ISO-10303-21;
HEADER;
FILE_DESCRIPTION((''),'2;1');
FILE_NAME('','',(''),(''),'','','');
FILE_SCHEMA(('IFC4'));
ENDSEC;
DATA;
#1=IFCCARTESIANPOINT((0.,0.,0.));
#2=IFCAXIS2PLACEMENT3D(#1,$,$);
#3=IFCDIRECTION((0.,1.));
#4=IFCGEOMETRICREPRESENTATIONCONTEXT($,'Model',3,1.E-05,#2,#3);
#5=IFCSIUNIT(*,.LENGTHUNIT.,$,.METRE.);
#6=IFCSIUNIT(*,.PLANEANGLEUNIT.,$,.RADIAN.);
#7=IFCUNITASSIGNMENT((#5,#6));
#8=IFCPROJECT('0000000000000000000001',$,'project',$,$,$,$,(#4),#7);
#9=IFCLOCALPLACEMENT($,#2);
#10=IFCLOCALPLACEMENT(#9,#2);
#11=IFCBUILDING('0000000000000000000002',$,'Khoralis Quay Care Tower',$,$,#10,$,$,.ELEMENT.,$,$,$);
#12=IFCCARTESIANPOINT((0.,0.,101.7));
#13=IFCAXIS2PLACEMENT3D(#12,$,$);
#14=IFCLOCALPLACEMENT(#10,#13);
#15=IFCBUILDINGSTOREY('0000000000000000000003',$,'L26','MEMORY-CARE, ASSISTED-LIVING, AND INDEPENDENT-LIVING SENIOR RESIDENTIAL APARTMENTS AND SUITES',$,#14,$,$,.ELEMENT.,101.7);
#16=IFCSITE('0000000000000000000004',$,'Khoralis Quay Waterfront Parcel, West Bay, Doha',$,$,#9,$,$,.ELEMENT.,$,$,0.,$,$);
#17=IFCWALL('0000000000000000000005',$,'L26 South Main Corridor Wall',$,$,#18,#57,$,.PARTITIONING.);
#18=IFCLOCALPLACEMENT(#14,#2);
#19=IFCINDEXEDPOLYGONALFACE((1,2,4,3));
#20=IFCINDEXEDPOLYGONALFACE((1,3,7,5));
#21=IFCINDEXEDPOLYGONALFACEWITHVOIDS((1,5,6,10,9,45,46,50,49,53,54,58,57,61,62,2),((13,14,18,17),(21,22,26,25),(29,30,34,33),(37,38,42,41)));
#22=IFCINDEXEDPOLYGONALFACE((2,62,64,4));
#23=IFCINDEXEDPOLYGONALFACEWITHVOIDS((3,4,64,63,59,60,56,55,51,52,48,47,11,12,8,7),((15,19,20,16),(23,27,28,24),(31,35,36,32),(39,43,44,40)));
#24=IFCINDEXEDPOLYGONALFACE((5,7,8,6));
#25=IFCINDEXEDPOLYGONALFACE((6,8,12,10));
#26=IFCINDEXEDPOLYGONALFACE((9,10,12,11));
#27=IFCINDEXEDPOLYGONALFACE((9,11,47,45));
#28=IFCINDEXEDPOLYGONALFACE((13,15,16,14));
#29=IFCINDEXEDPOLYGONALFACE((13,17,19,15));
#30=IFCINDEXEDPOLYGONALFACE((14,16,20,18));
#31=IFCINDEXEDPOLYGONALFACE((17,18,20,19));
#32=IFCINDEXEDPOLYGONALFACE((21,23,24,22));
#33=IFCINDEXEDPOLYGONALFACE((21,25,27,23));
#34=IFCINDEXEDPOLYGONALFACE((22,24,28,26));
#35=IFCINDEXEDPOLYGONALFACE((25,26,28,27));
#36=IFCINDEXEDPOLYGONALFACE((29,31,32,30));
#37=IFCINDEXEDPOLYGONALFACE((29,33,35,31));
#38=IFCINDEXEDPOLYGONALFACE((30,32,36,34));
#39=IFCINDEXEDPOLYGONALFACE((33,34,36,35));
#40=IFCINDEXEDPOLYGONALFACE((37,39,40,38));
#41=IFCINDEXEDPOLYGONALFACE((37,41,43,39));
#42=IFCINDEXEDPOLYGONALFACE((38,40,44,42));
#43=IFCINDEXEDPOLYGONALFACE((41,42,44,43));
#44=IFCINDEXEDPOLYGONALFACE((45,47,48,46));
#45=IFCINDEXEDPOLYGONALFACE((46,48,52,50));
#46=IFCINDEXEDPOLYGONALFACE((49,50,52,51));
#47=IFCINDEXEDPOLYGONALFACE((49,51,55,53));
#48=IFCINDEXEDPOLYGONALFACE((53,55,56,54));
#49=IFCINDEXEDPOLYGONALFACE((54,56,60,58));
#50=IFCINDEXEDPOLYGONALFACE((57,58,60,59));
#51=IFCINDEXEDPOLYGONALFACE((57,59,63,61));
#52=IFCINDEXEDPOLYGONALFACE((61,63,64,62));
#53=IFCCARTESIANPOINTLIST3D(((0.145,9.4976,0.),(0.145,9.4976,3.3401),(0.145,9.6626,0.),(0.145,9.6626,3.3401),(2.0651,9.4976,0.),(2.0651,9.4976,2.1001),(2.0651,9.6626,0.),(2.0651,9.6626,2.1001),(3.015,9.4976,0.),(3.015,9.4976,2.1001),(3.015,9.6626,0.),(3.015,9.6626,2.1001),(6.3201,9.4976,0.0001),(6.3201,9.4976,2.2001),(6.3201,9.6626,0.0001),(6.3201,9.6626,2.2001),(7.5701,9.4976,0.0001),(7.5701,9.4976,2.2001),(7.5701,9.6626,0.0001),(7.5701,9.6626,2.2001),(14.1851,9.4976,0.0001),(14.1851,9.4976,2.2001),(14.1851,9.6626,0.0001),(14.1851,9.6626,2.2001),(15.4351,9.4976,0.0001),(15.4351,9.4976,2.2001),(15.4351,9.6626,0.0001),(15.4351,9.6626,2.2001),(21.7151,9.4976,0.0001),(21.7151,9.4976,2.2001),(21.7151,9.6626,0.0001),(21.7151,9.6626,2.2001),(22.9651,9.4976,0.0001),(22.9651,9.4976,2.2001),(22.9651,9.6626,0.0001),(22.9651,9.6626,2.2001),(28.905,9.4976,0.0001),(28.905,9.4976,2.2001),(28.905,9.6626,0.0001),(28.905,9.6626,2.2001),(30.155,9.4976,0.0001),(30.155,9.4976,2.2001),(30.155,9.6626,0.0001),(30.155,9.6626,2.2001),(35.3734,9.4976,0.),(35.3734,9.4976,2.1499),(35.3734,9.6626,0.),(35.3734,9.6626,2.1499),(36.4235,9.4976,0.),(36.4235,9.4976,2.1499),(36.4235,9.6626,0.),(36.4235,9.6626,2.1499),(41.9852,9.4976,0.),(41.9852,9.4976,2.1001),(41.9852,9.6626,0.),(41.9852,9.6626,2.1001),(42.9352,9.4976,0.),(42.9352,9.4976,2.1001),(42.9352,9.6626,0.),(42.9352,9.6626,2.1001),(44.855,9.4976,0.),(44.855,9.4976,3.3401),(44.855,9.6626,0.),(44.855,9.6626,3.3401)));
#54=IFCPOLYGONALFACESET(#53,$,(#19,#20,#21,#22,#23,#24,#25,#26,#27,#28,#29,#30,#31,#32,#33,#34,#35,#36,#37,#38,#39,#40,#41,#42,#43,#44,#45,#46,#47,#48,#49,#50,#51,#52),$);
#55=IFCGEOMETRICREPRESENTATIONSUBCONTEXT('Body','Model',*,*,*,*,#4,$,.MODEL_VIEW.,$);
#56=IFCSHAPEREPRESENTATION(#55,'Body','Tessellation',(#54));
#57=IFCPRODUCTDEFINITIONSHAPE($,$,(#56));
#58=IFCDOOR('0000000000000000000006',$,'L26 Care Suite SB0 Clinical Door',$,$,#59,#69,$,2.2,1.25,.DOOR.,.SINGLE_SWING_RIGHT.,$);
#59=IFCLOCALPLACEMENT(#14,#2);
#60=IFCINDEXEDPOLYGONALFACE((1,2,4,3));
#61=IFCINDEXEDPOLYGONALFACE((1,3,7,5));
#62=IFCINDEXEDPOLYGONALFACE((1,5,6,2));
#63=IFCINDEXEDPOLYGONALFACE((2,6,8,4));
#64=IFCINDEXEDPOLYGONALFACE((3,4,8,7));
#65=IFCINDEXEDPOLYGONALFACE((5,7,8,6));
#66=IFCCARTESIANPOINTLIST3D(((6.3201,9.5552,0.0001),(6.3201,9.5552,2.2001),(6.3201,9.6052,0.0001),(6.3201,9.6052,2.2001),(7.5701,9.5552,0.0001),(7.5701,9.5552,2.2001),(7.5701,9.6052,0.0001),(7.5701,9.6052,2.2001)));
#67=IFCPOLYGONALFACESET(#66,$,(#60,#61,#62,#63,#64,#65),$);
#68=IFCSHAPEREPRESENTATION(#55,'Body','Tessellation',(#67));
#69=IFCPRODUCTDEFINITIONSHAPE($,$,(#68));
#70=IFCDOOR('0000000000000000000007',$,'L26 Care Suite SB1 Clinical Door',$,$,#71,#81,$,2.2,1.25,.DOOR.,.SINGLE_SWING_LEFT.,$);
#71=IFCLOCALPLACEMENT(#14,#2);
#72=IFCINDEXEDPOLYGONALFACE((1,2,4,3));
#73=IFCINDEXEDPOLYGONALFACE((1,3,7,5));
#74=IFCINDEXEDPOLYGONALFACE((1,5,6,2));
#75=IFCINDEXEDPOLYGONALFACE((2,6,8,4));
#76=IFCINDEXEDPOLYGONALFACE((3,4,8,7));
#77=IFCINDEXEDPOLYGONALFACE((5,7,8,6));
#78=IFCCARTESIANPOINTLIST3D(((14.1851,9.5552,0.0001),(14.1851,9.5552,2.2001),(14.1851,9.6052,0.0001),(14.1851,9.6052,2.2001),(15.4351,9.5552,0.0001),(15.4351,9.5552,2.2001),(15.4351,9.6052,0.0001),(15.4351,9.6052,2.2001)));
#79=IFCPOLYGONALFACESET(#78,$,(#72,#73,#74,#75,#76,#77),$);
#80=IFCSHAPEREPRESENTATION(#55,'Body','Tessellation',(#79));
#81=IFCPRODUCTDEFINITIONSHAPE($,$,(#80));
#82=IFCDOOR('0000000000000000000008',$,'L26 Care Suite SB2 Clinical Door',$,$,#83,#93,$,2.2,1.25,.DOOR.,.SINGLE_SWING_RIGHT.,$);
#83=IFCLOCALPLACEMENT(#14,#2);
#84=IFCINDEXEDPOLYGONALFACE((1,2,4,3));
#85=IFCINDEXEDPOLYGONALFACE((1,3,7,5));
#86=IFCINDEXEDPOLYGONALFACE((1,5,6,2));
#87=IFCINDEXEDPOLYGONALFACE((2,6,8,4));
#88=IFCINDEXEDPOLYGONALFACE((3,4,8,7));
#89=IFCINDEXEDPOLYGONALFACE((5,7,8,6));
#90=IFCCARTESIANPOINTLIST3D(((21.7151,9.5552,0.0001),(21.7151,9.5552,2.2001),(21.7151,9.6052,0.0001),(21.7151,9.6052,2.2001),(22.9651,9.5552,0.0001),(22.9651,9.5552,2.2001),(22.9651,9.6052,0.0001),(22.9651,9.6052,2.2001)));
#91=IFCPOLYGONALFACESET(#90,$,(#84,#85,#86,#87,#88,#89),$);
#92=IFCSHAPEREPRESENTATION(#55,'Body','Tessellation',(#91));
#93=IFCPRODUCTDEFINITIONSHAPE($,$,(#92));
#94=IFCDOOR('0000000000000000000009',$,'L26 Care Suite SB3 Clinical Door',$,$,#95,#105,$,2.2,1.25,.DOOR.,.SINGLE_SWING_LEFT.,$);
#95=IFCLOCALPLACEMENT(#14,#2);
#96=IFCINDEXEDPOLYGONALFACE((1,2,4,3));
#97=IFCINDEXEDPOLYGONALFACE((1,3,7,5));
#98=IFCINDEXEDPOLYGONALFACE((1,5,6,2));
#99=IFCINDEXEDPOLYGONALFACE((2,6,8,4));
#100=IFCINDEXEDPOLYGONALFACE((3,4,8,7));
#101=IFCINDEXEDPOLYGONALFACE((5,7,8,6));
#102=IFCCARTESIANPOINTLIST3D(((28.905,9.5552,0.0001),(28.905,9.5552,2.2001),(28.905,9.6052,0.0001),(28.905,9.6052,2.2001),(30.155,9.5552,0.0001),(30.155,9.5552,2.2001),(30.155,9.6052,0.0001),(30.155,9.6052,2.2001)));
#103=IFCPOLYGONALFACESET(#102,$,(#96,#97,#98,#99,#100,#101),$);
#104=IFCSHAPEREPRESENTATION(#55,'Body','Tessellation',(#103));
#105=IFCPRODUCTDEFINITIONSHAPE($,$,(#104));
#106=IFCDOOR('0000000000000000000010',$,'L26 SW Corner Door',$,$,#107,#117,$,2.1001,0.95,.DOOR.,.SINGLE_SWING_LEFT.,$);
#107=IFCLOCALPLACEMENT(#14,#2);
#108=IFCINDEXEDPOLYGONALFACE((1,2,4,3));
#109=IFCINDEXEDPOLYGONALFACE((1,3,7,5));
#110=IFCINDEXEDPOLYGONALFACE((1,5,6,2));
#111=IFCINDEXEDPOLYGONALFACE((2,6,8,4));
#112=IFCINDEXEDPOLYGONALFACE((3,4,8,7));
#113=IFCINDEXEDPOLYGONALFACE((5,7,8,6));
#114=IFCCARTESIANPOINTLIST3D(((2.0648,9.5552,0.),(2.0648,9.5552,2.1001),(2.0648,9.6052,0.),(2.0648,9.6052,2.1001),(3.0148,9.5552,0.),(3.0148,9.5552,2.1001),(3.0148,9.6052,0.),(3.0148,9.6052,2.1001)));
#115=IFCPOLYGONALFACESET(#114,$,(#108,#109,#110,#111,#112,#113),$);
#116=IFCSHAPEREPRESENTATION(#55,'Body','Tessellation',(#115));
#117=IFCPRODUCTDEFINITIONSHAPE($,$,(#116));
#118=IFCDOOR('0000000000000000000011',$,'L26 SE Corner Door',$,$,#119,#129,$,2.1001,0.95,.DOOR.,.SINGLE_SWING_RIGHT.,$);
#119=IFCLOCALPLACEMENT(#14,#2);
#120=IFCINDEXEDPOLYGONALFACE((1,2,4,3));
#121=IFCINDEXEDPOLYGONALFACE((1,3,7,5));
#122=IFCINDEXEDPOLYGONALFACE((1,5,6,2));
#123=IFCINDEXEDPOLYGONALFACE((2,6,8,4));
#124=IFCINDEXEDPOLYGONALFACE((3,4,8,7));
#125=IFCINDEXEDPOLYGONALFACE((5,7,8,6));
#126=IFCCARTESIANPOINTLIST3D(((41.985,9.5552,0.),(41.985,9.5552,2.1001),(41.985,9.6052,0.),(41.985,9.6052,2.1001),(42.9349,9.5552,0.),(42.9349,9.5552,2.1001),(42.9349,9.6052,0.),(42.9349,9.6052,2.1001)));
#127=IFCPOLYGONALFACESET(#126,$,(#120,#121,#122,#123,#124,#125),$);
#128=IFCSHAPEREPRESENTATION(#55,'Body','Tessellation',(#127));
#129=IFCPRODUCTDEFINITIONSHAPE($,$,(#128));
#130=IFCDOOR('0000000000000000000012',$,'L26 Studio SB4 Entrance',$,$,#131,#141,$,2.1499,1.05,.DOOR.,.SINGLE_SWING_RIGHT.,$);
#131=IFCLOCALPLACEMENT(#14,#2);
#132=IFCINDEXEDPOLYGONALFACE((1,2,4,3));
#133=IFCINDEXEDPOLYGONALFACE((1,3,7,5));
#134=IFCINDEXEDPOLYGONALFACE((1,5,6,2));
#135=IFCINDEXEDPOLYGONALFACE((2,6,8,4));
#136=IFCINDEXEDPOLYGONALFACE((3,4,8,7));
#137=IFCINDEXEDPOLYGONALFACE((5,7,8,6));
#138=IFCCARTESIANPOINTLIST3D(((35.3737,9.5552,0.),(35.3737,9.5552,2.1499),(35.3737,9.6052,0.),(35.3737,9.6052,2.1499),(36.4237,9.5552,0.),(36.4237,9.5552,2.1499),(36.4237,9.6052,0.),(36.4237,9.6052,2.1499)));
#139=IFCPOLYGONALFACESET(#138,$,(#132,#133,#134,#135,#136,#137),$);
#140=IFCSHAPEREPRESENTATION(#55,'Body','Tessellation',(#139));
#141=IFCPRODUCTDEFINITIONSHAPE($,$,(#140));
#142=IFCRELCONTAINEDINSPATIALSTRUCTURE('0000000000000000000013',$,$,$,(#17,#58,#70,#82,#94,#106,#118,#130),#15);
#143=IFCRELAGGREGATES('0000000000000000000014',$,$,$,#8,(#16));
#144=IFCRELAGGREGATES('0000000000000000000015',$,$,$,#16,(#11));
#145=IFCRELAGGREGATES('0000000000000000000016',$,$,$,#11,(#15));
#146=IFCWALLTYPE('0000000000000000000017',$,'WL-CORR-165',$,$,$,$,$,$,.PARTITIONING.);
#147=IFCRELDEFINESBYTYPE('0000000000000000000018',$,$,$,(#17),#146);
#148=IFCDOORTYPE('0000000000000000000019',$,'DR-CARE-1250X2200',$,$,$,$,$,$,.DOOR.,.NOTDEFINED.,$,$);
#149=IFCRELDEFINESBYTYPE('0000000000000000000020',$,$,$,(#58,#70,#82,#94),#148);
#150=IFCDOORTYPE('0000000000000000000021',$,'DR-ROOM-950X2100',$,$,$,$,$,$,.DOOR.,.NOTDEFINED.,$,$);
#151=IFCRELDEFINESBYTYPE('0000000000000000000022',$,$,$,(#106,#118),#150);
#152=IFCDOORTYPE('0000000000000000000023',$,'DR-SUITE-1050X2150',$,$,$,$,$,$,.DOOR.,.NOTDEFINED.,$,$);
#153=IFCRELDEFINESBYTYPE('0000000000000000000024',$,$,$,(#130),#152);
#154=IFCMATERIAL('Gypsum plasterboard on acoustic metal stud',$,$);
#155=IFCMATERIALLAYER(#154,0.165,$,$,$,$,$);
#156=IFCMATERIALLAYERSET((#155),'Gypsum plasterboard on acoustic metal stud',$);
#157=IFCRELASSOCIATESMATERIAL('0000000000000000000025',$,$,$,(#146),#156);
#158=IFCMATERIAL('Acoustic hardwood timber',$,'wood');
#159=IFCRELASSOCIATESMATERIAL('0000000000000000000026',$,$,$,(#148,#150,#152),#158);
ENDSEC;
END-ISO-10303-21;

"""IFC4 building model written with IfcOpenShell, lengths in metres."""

from ifc_helpers import new_model, si_unit, direction, frame, frame_2d, origin, place, context, subcontext, project, spatial, rectangle, extrude, source, transform, mapped, material, layer, layer_set, type_object, element, fill, save


model = new_model("IFC4")

# Units and contexts
model_context = context("Model", 3, precision=1e-05, world=origin(), true_north=direction((0.0, 1.0)))
body_context = subcontext(model_context, "Body", "Model", "MODEL_VIEW")
ifc_project = project(units=[si_unit("LENGTHUNIT", "METRE"), si_unit("PLANEANGLEUNIT", "RADIAN")], contexts=[model_context])

# Site, building, storey
site_placement = place(None, origin())
site = spatial("IfcSite", under=ifc_project, at=site_placement, Name="Khoralis Quay Waterfront Parcel, West Bay, Doha", CompositionType="ELEMENT", RefElevation=0.0)
building_placement = place(site_placement, origin())
building = spatial("IfcBuilding", under=site, at=building_placement, Name="Khoralis Quay Care Tower", CompositionType="ELEMENT")
storey_placement = place(building_placement, frame((0.0, 0.0, 101.7)))
storey = spatial("IfcBuildingStorey", under=building, at=storey_placement, Name="L26", Description="MEMORY-CARE, ASSISTED-LIVING, AND INDEPENDENT-LIVING SENIOR RESIDENTIAL APARTMENTS AND SUITES", CompositionType="ELEMENT", Elevation=101.7)

# Wall, openings, doors
ifc_material_1 = material(Name="Gypsum plasterboard on acoustic metal stud")
ifc_layer_1 = layer(ifc_material_1, 0.165)
ifc_layer_set_1 = layer_set([ifc_layer_1], Name="Gypsum plasterboard on acoustic metal stud")
wall_type_1 = type_object("IfcWallType", Name="WL-CORR-165", PredefinedType="PARTITIONING", material=ifc_layer_set_1)
wall_1_placement = place(storey_placement, frame((0.145, 9.5801, 0.0), z_axis=(0.0, 0.0, 1.0), x_axis=(1.0, 0.0, 0.0)))
wall_1 = element("IfcWall", 1, at=wall_1_placement, inside=storey, type_object=wall_type_1, Name="L26 South Main Corridor Wall", PredefinedType="PARTITIONING", context=body_context, shape_type="SweptSolid", body=[
    extrude(rectangle(XDim=44.71, YDim=0.165, at=frame_2d((22.355, 0.0))), origin(), (0.0, 0.0, 1.0), 3.3401),
])
opening_1_placement = place(wall_1_placement, frame((6.175, 0.0, 0.0)))
opening_1 = element("IfcOpeningElement", 2, at=opening_1_placement, cuts=wall_1, PredefinedType="OPENING", context=body_context, shape_type="SweptSolid", body=[
    extrude(rectangle(XDim=1.25, YDim=2.2, at=frame_2d((0.625, 1.1001))), frame((0.0, 0.0925, 0.0), z_axis=(0.0, -1.0, 0.0), x_axis=(1.0, 0.0, 0.0)), (0.0, 0.0, 1.0), 0.1851),
])
opening_2_placement = place(wall_1_placement, frame((14.04, 0.0, 0.0)))
opening_2 = element("IfcOpeningElement", 3, at=opening_2_placement, cuts=wall_1, PredefinedType="OPENING", context=body_context, shape_type="SweptSolid", body=[
    extrude(rectangle(XDim=1.25, YDim=2.2, at=frame_2d((0.625, 1.1001))), frame((0.0, 0.0925, 0.0), z_axis=(0.0, -1.0, 0.0), x_axis=(1.0, 0.0, 0.0)), (0.0, 0.0, 1.0), 0.1851),
])
opening_3_placement = place(wall_1_placement, frame((21.5701, 0.0, 0.0)))
opening_3 = element("IfcOpeningElement", 4, at=opening_3_placement, cuts=wall_1, PredefinedType="OPENING", context=body_context, shape_type="SweptSolid", body=[
    extrude(rectangle(XDim=1.25, YDim=2.2, at=frame_2d((0.625, 1.1001))), frame((0.0, 0.0925, 0.0), z_axis=(0.0, -1.0, 0.0), x_axis=(1.0, 0.0, 0.0)), (0.0, 0.0, 1.0), 0.1851),
])
opening_4_placement = place(wall_1_placement, frame((28.76, 0.0, 0.0)))
opening_4 = element("IfcOpeningElement", 5, at=opening_4_placement, cuts=wall_1, PredefinedType="OPENING", context=body_context, shape_type="SweptSolid", body=[
    extrude(rectangle(XDim=1.25, YDim=2.2, at=frame_2d((0.625, 1.1001))), frame((0.0, 0.0925, 0.0), z_axis=(0.0, -1.0, 0.0), x_axis=(1.0, 0.0, 0.0)), (0.0, 0.0, 1.0), 0.1851),
])
opening_5_placement = place(wall_1_placement, frame((35.2285, 0.0, 0.0)))
opening_5 = element("IfcOpeningElement", 6, at=opening_5_placement, cuts=wall_1, PredefinedType="OPENING", context=body_context, shape_type="SweptSolid", body=[
    extrude(rectangle(XDim=1.05, YDim=2.1499, at=frame_2d((0.5249, 1.075))), frame((0.0, 0.0925, 0.0), z_axis=(0.0, -1.0, 0.0), x_axis=(1.0, 0.0, 0.0)), (0.0, 0.0, 1.0), 0.1851),
])
opening_6_placement = place(wall_1_placement, frame((1.9199, 0.0, 0.0)))
opening_6 = element("IfcOpeningElement", 7, at=opening_6_placement, cuts=wall_1, PredefinedType="OPENING", context=body_context, shape_type="SweptSolid", body=[
    extrude(rectangle(XDim=0.95, YDim=2.1001, at=frame_2d((0.4751, 1.05))), frame((0.0, 0.0925, 0.0), z_axis=(0.0, -1.0, 0.0), x_axis=(1.0, 0.0, 0.0)), (0.0, 0.0, 1.0), 0.1851),
])
opening_7_placement = place(wall_1_placement, frame((41.8401, 0.0, 0.0)))
opening_7 = element("IfcOpeningElement", 8, at=opening_7_placement, cuts=wall_1, PredefinedType="OPENING", context=body_context, shape_type="SweptSolid", body=[
    extrude(rectangle(XDim=0.95, YDim=2.1001, at=frame_2d((0.4751, 1.05))), frame((0.0, 0.0925, 0.0), z_axis=(0.0, -1.0, 0.0), x_axis=(1.0, 0.0, 0.0)), (0.0, 0.0, 1.0), 0.1851),
])
ifc_material_2 = material(Name="Acoustic hardwood timber", Category="wood")
door_type_1 = type_object("IfcDoorType", Name="DR-CARE-1250X2200", OperationType="NOTDEFINED", PredefinedType="DOOR", material=ifc_material_2)
shared_shape_1 = source(origin(), body_context, "Body", "SweptSolid", [
    extrude(rectangle(XDim=1.25, YDim=2.2, at=frame_2d((0.625, 1.1001))), frame((0.0, 0.0249, 0.0), z_axis=(0.0, -1.0, 0.0), x_axis=(1.0, 0.0, 0.0)), (0.0, 0.0, 1.0), 0.05),
])
door_1_placement = place(opening_1_placement, frame((1.25, 0.0, 0.0), z_axis=(0.0, 0.0, 1.0), x_axis=(-1.0, 0.0, 0.0)))
door_1 = element("IfcDoor", 9, at=door_1_placement, inside=storey, type_object=door_type_1, Name="L26 Care Suite SB0 Clinical Door", OperationType="SINGLE_SWING_RIGHT", OverallHeight=2.2, OverallWidth=1.25, PredefinedType="DOOR", context=body_context, shape_type="MappedRepresentation", body=[
    mapped(shared_shape_1, transform((0.0, 0.0, 0.0), scale=1.0)),
])
fill(opening_1, door_1)
door_2_placement = place(opening_2_placement, frame((1.25, 0.0, 0.0), z_axis=(0.0, 0.0, 1.0), x_axis=(-1.0, 0.0, 0.0)))
door_2 = element("IfcDoor", 10, at=door_2_placement, inside=storey, type_object=door_type_1, Name="L26 Care Suite SB1 Clinical Door", OperationType="SINGLE_SWING_LEFT", OverallHeight=2.2, OverallWidth=1.25, PredefinedType="DOOR", context=body_context, shape_type="MappedRepresentation", body=[
    mapped(shared_shape_1, transform((0.0, 0.0, 0.0), scale=1.0)),
])
fill(opening_2, door_2)
door_3_placement = place(opening_3_placement, frame((1.25, 0.0, 0.0), z_axis=(0.0, 0.0, 1.0), x_axis=(-1.0, 0.0, 0.0)))
door_3 = element("IfcDoor", 11, at=door_3_placement, inside=storey, type_object=door_type_1, Name="L26 Care Suite SB2 Clinical Door", OperationType="SINGLE_SWING_RIGHT", OverallHeight=2.2, OverallWidth=1.25, PredefinedType="DOOR", context=body_context, shape_type="MappedRepresentation", body=[
    mapped(shared_shape_1, transform((0.0, 0.0, 0.0), scale=1.0)),
])
fill(opening_3, door_3)
door_4_placement = place(opening_4_placement, frame((1.25, 0.0, 0.0), z_axis=(0.0, 0.0, 1.0), x_axis=(-1.0, 0.0, 0.0)))
door_4 = element("IfcDoor", 12, at=door_4_placement, inside=storey, type_object=door_type_1, Name="L26 Care Suite SB3 Clinical Door", OperationType="SINGLE_SWING_LEFT", OverallHeight=2.2, OverallWidth=1.25, PredefinedType="DOOR", context=body_context, shape_type="MappedRepresentation", body=[
    mapped(shared_shape_1, transform((0.0, 0.0, 0.0), scale=1.0)),
])
fill(opening_4, door_4)
door_type_2 = type_object("IfcDoorType", Name="DR-ROOM-950X2100", OperationType="NOTDEFINED", PredefinedType="DOOR", material=ifc_material_2)
shared_shape_2 = source(origin(), body_context, "Body", "SweptSolid", [
    extrude(rectangle(XDim=0.95, YDim=2.1001, at=frame_2d((0.4751, 1.05))), frame((0.0, 0.0249, 0.0), z_axis=(0.0, -1.0, 0.0), x_axis=(1.0, 0.0, 0.0)), (0.0, 0.0, 1.0), 0.05),
])
door_5_placement = place(opening_6_placement, frame((0.95, 0.0, 0.0), z_axis=(0.0, 0.0, 1.0), x_axis=(-1.0, 0.0, 0.0)))
door_5 = element("IfcDoor", 13, at=door_5_placement, inside=storey, type_object=door_type_2, Name="L26 SW Corner Door", OperationType="SINGLE_SWING_LEFT", OverallHeight=2.1001, OverallWidth=0.95, PredefinedType="DOOR", context=body_context, shape_type="MappedRepresentation", body=[
    mapped(shared_shape_2, transform((0.0, 0.0, 0.0), scale=1.0)),
])
fill(opening_6, door_5)
door_6_placement = place(opening_7_placement, frame((0.95, 0.0, 0.0), z_axis=(0.0, 0.0, 1.0), x_axis=(-1.0, 0.0, 0.0)))
door_6 = element("IfcDoor", 14, at=door_6_placement, inside=storey, type_object=door_type_2, Name="L26 SE Corner Door", OperationType="SINGLE_SWING_RIGHT", OverallHeight=2.1001, OverallWidth=0.95, PredefinedType="DOOR", context=body_context, shape_type="MappedRepresentation", body=[
    mapped(shared_shape_2, transform((0.0, 0.0, 0.0), scale=1.0)),
])
fill(opening_7, door_6)
door_type_3 = type_object("IfcDoorType", Name="DR-SUITE-1050X2150", OperationType="NOTDEFINED", PredefinedType="DOOR", material=ifc_material_2)
shared_shape_3 = source(origin(), body_context, "Body", "SweptSolid", [
    extrude(rectangle(XDim=1.05, YDim=2.1499, at=frame_2d((0.5249, 1.075))), frame((0.0, 0.0249, 0.0), z_axis=(0.0, -1.0, 0.0), x_axis=(1.0, 0.0, 0.0)), (0.0, 0.0, 1.0), 0.05),
])
door_7_placement = place(opening_5_placement, frame((1.05, 0.0, 0.0), z_axis=(0.0, 0.0, 1.0), x_axis=(-1.0, 0.0, 0.0)))
door_7 = element("IfcDoor", 15, at=door_7_placement, inside=storey, type_object=door_type_3, Name="L26 Studio SB4 Entrance", OperationType="SINGLE_SWING_RIGHT", OverallHeight=2.1499, OverallWidth=1.05, PredefinedType="DOOR", context=body_context, shape_type="MappedRepresentation", body=[
    mapped(shared_shape_3, transform((0.0, 0.0, 0.0), scale=1.0)),
])
fill(opening_5, door_7)

save(model, "model.ifc")
